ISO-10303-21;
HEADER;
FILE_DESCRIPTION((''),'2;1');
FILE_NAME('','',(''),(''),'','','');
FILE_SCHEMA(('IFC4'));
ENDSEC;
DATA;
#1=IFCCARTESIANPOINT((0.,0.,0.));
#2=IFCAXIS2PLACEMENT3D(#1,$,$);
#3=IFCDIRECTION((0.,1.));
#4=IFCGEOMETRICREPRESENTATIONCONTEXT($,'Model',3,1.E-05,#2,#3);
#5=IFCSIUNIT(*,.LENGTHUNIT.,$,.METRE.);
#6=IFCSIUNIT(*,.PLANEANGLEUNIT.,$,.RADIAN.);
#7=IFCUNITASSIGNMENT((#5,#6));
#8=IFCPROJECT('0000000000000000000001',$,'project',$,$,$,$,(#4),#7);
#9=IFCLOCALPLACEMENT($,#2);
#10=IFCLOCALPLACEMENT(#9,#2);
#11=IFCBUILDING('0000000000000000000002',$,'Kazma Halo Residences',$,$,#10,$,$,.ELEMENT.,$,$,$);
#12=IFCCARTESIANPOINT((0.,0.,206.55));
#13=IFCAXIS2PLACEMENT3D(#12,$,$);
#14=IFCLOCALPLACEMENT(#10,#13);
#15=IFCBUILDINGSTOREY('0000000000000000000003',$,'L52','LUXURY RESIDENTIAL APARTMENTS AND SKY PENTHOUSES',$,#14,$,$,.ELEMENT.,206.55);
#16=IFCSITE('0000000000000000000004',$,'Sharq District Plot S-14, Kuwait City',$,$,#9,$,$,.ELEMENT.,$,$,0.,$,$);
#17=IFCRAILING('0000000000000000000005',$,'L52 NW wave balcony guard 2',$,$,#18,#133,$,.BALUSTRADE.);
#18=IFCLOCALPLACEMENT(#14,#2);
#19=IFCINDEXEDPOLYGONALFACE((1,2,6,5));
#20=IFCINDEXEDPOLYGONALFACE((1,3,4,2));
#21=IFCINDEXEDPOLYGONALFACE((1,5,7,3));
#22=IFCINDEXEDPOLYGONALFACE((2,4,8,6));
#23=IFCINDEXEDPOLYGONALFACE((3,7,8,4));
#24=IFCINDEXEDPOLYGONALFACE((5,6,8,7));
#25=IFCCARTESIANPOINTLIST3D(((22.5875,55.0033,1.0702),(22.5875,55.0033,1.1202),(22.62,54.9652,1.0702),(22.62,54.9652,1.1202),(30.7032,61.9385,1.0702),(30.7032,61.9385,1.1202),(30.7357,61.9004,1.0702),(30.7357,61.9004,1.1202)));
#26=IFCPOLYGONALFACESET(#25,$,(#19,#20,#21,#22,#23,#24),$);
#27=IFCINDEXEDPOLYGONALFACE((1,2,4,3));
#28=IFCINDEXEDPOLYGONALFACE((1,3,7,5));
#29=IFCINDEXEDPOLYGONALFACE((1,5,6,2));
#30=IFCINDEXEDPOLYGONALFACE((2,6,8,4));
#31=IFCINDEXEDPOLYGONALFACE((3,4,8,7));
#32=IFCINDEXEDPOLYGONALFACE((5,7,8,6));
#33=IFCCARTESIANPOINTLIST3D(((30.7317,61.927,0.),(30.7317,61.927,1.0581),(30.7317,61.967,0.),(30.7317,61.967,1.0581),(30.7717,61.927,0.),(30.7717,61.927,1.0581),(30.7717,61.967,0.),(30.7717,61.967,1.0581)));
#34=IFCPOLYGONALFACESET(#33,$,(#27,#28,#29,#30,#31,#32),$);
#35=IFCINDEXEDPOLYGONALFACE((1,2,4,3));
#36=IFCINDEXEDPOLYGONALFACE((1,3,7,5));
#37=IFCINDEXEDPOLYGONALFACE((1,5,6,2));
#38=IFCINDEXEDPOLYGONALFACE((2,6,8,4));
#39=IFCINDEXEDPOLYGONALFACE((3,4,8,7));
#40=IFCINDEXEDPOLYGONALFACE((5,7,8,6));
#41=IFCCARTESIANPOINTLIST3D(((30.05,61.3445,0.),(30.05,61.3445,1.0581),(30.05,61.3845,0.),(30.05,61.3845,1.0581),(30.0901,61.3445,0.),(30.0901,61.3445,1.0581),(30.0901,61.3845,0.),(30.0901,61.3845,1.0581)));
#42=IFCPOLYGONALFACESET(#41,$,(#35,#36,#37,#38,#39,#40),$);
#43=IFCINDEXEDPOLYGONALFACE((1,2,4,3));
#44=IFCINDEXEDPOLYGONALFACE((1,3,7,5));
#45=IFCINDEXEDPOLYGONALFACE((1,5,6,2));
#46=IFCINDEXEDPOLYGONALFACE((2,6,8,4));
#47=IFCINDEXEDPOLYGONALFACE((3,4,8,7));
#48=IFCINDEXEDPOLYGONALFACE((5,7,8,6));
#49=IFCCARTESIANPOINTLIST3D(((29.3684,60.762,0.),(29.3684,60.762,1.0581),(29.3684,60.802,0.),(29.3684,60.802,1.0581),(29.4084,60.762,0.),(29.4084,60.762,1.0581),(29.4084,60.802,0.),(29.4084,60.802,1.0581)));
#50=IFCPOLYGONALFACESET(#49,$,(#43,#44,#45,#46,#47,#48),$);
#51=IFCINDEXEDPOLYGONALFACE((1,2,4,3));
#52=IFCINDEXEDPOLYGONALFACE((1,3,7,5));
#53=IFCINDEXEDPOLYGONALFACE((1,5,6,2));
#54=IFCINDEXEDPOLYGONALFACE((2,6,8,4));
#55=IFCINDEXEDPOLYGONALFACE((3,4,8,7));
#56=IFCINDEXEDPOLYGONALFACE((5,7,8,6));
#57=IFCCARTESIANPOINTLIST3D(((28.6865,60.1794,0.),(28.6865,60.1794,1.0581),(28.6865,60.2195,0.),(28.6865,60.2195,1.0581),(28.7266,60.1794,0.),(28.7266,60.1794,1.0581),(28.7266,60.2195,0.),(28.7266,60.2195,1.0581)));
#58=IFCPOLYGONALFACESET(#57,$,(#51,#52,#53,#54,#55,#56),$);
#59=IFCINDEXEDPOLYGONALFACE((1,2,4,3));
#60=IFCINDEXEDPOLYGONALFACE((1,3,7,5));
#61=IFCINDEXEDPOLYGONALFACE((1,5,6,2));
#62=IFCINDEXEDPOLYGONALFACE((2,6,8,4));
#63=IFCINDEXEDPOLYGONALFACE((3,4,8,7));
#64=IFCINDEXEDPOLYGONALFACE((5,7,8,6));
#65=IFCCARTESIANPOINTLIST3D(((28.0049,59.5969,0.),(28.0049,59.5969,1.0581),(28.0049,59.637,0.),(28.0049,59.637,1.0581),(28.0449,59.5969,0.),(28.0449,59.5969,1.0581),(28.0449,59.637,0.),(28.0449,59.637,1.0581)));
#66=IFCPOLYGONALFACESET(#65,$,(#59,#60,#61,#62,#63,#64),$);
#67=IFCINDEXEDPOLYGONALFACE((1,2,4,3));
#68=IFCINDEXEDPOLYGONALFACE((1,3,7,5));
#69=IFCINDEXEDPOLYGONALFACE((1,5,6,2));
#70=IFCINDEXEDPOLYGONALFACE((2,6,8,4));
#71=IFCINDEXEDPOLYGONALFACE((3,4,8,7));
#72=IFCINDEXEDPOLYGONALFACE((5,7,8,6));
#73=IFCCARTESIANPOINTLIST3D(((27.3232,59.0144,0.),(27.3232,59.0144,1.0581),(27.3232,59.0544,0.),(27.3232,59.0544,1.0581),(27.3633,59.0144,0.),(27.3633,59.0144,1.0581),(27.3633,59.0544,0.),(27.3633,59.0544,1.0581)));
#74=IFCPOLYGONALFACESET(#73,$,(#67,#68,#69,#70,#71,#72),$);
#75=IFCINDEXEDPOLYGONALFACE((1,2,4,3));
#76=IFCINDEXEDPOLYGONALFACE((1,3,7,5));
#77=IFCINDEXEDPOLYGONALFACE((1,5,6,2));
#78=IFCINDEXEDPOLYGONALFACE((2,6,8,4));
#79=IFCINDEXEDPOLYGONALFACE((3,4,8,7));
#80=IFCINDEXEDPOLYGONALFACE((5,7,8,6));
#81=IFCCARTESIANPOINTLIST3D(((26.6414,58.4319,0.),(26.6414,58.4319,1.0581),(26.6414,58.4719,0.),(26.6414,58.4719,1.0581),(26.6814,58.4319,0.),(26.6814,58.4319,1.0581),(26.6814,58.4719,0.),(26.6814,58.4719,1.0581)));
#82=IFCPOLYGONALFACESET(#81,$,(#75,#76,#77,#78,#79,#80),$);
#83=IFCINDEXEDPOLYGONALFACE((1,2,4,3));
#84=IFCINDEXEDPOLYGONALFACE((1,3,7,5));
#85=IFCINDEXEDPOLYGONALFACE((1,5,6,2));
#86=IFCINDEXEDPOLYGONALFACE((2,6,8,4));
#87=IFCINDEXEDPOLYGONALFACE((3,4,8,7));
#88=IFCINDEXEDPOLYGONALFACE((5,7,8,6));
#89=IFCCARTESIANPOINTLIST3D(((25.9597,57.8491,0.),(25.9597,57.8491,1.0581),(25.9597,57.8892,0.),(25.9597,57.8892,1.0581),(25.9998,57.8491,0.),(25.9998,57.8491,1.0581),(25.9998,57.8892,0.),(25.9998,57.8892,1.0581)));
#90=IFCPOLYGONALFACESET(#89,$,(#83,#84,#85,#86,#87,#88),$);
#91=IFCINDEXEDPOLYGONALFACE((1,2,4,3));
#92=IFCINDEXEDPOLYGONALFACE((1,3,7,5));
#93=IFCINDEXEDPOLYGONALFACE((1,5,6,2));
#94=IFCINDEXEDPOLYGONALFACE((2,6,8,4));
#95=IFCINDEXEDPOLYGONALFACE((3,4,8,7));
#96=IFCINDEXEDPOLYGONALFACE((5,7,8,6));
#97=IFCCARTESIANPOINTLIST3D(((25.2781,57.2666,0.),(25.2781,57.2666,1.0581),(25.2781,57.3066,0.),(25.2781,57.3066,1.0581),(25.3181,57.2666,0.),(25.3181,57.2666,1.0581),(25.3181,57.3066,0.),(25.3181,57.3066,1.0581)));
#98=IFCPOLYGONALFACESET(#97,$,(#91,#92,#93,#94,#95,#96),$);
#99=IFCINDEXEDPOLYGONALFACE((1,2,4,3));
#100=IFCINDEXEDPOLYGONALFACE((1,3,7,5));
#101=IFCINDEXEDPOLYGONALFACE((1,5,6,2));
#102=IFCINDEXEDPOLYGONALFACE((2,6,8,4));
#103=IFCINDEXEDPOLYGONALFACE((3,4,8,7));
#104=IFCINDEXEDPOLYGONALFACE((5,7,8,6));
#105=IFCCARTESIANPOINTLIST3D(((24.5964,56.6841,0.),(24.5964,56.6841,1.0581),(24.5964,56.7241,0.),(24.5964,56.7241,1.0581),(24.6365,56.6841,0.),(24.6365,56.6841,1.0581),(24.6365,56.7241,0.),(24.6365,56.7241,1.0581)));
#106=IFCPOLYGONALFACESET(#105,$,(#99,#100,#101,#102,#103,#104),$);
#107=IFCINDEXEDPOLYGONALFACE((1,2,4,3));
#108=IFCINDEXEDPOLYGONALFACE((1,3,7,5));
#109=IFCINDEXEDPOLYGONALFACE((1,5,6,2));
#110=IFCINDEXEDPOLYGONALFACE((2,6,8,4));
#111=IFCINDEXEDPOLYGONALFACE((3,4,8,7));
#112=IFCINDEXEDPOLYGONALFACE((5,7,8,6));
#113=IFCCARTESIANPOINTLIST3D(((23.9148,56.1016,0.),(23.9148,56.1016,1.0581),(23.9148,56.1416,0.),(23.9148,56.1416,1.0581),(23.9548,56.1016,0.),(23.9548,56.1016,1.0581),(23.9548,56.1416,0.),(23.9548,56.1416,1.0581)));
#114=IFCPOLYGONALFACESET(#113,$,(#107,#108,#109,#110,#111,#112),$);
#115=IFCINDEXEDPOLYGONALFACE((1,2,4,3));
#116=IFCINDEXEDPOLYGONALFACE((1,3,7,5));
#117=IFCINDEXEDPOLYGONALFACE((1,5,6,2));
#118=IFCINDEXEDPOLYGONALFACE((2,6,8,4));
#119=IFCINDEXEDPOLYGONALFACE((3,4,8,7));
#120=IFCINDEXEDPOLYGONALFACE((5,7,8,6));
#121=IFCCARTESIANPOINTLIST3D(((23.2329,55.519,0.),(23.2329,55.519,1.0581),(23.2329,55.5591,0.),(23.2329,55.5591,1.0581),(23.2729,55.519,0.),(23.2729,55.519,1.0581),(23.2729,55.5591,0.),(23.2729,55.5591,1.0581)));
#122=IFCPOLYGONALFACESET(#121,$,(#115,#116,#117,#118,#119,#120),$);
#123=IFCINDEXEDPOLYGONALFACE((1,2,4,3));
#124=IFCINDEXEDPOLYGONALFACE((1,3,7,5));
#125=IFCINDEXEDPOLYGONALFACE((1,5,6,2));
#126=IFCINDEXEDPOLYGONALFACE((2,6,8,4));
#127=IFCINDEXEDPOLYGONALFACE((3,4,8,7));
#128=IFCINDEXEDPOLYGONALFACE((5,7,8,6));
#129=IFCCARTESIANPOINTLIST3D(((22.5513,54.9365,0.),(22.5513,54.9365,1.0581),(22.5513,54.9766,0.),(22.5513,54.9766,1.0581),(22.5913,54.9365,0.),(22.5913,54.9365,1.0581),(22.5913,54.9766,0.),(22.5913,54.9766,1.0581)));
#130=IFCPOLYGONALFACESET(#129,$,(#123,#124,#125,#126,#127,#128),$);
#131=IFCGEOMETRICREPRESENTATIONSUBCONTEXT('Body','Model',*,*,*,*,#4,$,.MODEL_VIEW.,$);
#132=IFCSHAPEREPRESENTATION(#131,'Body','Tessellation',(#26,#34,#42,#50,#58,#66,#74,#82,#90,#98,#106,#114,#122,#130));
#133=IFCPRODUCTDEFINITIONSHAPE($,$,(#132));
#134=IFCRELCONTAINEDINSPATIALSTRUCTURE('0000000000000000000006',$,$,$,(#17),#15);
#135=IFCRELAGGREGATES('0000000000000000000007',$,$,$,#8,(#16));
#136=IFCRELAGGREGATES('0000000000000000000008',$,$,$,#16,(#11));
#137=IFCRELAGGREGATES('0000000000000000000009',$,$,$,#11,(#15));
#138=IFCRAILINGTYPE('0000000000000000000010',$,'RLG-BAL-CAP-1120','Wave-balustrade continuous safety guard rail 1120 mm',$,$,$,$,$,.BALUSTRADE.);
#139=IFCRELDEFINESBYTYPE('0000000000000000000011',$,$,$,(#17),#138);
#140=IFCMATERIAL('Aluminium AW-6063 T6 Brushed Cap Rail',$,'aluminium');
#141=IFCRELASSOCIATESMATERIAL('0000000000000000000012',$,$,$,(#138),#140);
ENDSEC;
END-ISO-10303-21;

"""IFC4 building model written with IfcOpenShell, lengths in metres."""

from ifc_helpers import new_model, si_unit, direction, frame, origin, origin_2d, place, context, subcontext, project, spatial, rectangle, extrude, material, type_object, element, save


model = new_model("IFC4")

# Units and contexts
model_context = context("Model", 3, precision=1e-05, world=origin(), true_north=direction((0.0, 1.0)))
body_context = subcontext(model_context, "Body", "Model", "MODEL_VIEW")
ifc_project = project(units=[si_unit("LENGTHUNIT", "METRE"), si_unit("PLANEANGLEUNIT", "RADIAN")], contexts=[model_context])

# Site, building, storey
site_placement = place(None, origin())
site = spatial("IfcSite", under=ifc_project, at=site_placement, Name="Sharq District Plot S-14, Kuwait City", CompositionType="ELEMENT", RefElevation=0.0)
building_placement = place(site_placement, origin())
building = spatial("IfcBuilding", under=site, at=building_placement, Name="Kazma Halo Residences", CompositionType="ELEMENT")
storey_placement = place(building_placement, frame((0.0, 0.0, 206.55)))
storey = spatial("IfcBuildingStorey", under=building, at=storey_placement, Name="L52", Description="LUXURY RESIDENTIAL APARTMENTS AND SKY PENTHOUSES", CompositionType="ELEMENT", Elevation=206.55)

# Railing
ifc_material_1 = material(Name="Aluminium AW-6063 T6 Brushed Cap Rail", Category="aluminium")
railing_type = type_object("IfcRailingType", Name="RLG-BAL-CAP-1120", Description="Wave-balustrade continuous safety guard rail 1120 mm", PredefinedType="BALUSTRADE", material=ifc_material_1)
railing_1_placement = place(storey_placement, frame((30.7517, 61.947, 0.0)))
element("IfcRailing", 1, at=railing_1_placement, inside=storey, type_object=railing_type, Name="L52 NW wave balcony guard 2", PredefinedType="BALUSTRADE", context=body_context, shape_type="SweptSolid", body=[
    extrude(rectangle(XDim=0.05, YDim=0.05, at=origin_2d()), frame((-0.0322, -0.0276, 1.0952), z_axis=(-0.760234, -0.649649, 0.0), x_axis=(0.649649, -0.760234, 0.0)), (0.0, 0.0, 1.0), 10.6753),
    extrude(rectangle(XDim=0.04, YDim=0.04, at=origin_2d()), origin(), (0.0, 0.0, 1.0), 1.0581),
    extrude(rectangle(XDim=0.04, YDim=0.04, at=origin_2d()), frame((-0.6816, -0.5825, 0.0)), (0.0, 0.0, 1.0), 1.0581),
    extrude(rectangle(XDim=0.04, YDim=0.04, at=origin_2d()), frame((-1.3633, -1.165, 0.0)), (0.0, 0.0, 1.0), 1.0581),
    extrude(rectangle(XDim=0.04, YDim=0.04, at=origin_2d()), frame((-2.0452, -1.7476, 0.0)), (0.0, 0.0, 1.0), 1.0581),
    extrude(rectangle(XDim=0.04, YDim=0.04, at=origin_2d()), frame((-2.7268, -2.3301, 0.0)), (0.0, 0.0, 1.0), 1.0581),
    extrude(rectangle(XDim=0.04, YDim=0.04, at=origin_2d()), frame((-3.4084, -2.9126, 0.0)), (0.0, 0.0, 1.0), 1.0581),
    extrude(rectangle(XDim=0.04, YDim=0.04, at=origin_2d()), frame((-4.0903, -3.4951, 0.0)), (0.0, 0.0, 1.0), 1.0581),
    extrude(rectangle(XDim=0.04, YDim=0.04, at=origin_2d()), frame((-4.772, -4.0779, 0.0)), (0.0, 0.0, 1.0), 1.0581),
    extrude(rectangle(XDim=0.04, YDim=0.04, at=origin_2d()), frame((-5.4536, -4.6604, 0.0)), (0.0, 0.0, 1.0), 1.0581),
    extrude(rectangle(XDim=0.04, YDim=0.04, at=origin_2d()), frame((-6.1353, -5.2429, 0.0)), (0.0, 0.0, 1.0), 1.0581),
    extrude(rectangle(XDim=0.04, YDim=0.04, at=origin_2d()), frame((-6.8169, -5.8254, 0.0)), (0.0, 0.0, 1.0), 1.0581),
    extrude(rectangle(XDim=0.04, YDim=0.04, at=origin_2d()), frame((-7.4988, -6.408, 0.0)), (0.0, 0.0, 1.0), 1.0581),
    extrude(rectangle(XDim=0.04, YDim=0.04, at=origin_2d()), frame((-8.1804, -6.9905, 0.0)), (0.0, 0.0, 1.0), 1.0581),
])

save(model, "model.ifc")
